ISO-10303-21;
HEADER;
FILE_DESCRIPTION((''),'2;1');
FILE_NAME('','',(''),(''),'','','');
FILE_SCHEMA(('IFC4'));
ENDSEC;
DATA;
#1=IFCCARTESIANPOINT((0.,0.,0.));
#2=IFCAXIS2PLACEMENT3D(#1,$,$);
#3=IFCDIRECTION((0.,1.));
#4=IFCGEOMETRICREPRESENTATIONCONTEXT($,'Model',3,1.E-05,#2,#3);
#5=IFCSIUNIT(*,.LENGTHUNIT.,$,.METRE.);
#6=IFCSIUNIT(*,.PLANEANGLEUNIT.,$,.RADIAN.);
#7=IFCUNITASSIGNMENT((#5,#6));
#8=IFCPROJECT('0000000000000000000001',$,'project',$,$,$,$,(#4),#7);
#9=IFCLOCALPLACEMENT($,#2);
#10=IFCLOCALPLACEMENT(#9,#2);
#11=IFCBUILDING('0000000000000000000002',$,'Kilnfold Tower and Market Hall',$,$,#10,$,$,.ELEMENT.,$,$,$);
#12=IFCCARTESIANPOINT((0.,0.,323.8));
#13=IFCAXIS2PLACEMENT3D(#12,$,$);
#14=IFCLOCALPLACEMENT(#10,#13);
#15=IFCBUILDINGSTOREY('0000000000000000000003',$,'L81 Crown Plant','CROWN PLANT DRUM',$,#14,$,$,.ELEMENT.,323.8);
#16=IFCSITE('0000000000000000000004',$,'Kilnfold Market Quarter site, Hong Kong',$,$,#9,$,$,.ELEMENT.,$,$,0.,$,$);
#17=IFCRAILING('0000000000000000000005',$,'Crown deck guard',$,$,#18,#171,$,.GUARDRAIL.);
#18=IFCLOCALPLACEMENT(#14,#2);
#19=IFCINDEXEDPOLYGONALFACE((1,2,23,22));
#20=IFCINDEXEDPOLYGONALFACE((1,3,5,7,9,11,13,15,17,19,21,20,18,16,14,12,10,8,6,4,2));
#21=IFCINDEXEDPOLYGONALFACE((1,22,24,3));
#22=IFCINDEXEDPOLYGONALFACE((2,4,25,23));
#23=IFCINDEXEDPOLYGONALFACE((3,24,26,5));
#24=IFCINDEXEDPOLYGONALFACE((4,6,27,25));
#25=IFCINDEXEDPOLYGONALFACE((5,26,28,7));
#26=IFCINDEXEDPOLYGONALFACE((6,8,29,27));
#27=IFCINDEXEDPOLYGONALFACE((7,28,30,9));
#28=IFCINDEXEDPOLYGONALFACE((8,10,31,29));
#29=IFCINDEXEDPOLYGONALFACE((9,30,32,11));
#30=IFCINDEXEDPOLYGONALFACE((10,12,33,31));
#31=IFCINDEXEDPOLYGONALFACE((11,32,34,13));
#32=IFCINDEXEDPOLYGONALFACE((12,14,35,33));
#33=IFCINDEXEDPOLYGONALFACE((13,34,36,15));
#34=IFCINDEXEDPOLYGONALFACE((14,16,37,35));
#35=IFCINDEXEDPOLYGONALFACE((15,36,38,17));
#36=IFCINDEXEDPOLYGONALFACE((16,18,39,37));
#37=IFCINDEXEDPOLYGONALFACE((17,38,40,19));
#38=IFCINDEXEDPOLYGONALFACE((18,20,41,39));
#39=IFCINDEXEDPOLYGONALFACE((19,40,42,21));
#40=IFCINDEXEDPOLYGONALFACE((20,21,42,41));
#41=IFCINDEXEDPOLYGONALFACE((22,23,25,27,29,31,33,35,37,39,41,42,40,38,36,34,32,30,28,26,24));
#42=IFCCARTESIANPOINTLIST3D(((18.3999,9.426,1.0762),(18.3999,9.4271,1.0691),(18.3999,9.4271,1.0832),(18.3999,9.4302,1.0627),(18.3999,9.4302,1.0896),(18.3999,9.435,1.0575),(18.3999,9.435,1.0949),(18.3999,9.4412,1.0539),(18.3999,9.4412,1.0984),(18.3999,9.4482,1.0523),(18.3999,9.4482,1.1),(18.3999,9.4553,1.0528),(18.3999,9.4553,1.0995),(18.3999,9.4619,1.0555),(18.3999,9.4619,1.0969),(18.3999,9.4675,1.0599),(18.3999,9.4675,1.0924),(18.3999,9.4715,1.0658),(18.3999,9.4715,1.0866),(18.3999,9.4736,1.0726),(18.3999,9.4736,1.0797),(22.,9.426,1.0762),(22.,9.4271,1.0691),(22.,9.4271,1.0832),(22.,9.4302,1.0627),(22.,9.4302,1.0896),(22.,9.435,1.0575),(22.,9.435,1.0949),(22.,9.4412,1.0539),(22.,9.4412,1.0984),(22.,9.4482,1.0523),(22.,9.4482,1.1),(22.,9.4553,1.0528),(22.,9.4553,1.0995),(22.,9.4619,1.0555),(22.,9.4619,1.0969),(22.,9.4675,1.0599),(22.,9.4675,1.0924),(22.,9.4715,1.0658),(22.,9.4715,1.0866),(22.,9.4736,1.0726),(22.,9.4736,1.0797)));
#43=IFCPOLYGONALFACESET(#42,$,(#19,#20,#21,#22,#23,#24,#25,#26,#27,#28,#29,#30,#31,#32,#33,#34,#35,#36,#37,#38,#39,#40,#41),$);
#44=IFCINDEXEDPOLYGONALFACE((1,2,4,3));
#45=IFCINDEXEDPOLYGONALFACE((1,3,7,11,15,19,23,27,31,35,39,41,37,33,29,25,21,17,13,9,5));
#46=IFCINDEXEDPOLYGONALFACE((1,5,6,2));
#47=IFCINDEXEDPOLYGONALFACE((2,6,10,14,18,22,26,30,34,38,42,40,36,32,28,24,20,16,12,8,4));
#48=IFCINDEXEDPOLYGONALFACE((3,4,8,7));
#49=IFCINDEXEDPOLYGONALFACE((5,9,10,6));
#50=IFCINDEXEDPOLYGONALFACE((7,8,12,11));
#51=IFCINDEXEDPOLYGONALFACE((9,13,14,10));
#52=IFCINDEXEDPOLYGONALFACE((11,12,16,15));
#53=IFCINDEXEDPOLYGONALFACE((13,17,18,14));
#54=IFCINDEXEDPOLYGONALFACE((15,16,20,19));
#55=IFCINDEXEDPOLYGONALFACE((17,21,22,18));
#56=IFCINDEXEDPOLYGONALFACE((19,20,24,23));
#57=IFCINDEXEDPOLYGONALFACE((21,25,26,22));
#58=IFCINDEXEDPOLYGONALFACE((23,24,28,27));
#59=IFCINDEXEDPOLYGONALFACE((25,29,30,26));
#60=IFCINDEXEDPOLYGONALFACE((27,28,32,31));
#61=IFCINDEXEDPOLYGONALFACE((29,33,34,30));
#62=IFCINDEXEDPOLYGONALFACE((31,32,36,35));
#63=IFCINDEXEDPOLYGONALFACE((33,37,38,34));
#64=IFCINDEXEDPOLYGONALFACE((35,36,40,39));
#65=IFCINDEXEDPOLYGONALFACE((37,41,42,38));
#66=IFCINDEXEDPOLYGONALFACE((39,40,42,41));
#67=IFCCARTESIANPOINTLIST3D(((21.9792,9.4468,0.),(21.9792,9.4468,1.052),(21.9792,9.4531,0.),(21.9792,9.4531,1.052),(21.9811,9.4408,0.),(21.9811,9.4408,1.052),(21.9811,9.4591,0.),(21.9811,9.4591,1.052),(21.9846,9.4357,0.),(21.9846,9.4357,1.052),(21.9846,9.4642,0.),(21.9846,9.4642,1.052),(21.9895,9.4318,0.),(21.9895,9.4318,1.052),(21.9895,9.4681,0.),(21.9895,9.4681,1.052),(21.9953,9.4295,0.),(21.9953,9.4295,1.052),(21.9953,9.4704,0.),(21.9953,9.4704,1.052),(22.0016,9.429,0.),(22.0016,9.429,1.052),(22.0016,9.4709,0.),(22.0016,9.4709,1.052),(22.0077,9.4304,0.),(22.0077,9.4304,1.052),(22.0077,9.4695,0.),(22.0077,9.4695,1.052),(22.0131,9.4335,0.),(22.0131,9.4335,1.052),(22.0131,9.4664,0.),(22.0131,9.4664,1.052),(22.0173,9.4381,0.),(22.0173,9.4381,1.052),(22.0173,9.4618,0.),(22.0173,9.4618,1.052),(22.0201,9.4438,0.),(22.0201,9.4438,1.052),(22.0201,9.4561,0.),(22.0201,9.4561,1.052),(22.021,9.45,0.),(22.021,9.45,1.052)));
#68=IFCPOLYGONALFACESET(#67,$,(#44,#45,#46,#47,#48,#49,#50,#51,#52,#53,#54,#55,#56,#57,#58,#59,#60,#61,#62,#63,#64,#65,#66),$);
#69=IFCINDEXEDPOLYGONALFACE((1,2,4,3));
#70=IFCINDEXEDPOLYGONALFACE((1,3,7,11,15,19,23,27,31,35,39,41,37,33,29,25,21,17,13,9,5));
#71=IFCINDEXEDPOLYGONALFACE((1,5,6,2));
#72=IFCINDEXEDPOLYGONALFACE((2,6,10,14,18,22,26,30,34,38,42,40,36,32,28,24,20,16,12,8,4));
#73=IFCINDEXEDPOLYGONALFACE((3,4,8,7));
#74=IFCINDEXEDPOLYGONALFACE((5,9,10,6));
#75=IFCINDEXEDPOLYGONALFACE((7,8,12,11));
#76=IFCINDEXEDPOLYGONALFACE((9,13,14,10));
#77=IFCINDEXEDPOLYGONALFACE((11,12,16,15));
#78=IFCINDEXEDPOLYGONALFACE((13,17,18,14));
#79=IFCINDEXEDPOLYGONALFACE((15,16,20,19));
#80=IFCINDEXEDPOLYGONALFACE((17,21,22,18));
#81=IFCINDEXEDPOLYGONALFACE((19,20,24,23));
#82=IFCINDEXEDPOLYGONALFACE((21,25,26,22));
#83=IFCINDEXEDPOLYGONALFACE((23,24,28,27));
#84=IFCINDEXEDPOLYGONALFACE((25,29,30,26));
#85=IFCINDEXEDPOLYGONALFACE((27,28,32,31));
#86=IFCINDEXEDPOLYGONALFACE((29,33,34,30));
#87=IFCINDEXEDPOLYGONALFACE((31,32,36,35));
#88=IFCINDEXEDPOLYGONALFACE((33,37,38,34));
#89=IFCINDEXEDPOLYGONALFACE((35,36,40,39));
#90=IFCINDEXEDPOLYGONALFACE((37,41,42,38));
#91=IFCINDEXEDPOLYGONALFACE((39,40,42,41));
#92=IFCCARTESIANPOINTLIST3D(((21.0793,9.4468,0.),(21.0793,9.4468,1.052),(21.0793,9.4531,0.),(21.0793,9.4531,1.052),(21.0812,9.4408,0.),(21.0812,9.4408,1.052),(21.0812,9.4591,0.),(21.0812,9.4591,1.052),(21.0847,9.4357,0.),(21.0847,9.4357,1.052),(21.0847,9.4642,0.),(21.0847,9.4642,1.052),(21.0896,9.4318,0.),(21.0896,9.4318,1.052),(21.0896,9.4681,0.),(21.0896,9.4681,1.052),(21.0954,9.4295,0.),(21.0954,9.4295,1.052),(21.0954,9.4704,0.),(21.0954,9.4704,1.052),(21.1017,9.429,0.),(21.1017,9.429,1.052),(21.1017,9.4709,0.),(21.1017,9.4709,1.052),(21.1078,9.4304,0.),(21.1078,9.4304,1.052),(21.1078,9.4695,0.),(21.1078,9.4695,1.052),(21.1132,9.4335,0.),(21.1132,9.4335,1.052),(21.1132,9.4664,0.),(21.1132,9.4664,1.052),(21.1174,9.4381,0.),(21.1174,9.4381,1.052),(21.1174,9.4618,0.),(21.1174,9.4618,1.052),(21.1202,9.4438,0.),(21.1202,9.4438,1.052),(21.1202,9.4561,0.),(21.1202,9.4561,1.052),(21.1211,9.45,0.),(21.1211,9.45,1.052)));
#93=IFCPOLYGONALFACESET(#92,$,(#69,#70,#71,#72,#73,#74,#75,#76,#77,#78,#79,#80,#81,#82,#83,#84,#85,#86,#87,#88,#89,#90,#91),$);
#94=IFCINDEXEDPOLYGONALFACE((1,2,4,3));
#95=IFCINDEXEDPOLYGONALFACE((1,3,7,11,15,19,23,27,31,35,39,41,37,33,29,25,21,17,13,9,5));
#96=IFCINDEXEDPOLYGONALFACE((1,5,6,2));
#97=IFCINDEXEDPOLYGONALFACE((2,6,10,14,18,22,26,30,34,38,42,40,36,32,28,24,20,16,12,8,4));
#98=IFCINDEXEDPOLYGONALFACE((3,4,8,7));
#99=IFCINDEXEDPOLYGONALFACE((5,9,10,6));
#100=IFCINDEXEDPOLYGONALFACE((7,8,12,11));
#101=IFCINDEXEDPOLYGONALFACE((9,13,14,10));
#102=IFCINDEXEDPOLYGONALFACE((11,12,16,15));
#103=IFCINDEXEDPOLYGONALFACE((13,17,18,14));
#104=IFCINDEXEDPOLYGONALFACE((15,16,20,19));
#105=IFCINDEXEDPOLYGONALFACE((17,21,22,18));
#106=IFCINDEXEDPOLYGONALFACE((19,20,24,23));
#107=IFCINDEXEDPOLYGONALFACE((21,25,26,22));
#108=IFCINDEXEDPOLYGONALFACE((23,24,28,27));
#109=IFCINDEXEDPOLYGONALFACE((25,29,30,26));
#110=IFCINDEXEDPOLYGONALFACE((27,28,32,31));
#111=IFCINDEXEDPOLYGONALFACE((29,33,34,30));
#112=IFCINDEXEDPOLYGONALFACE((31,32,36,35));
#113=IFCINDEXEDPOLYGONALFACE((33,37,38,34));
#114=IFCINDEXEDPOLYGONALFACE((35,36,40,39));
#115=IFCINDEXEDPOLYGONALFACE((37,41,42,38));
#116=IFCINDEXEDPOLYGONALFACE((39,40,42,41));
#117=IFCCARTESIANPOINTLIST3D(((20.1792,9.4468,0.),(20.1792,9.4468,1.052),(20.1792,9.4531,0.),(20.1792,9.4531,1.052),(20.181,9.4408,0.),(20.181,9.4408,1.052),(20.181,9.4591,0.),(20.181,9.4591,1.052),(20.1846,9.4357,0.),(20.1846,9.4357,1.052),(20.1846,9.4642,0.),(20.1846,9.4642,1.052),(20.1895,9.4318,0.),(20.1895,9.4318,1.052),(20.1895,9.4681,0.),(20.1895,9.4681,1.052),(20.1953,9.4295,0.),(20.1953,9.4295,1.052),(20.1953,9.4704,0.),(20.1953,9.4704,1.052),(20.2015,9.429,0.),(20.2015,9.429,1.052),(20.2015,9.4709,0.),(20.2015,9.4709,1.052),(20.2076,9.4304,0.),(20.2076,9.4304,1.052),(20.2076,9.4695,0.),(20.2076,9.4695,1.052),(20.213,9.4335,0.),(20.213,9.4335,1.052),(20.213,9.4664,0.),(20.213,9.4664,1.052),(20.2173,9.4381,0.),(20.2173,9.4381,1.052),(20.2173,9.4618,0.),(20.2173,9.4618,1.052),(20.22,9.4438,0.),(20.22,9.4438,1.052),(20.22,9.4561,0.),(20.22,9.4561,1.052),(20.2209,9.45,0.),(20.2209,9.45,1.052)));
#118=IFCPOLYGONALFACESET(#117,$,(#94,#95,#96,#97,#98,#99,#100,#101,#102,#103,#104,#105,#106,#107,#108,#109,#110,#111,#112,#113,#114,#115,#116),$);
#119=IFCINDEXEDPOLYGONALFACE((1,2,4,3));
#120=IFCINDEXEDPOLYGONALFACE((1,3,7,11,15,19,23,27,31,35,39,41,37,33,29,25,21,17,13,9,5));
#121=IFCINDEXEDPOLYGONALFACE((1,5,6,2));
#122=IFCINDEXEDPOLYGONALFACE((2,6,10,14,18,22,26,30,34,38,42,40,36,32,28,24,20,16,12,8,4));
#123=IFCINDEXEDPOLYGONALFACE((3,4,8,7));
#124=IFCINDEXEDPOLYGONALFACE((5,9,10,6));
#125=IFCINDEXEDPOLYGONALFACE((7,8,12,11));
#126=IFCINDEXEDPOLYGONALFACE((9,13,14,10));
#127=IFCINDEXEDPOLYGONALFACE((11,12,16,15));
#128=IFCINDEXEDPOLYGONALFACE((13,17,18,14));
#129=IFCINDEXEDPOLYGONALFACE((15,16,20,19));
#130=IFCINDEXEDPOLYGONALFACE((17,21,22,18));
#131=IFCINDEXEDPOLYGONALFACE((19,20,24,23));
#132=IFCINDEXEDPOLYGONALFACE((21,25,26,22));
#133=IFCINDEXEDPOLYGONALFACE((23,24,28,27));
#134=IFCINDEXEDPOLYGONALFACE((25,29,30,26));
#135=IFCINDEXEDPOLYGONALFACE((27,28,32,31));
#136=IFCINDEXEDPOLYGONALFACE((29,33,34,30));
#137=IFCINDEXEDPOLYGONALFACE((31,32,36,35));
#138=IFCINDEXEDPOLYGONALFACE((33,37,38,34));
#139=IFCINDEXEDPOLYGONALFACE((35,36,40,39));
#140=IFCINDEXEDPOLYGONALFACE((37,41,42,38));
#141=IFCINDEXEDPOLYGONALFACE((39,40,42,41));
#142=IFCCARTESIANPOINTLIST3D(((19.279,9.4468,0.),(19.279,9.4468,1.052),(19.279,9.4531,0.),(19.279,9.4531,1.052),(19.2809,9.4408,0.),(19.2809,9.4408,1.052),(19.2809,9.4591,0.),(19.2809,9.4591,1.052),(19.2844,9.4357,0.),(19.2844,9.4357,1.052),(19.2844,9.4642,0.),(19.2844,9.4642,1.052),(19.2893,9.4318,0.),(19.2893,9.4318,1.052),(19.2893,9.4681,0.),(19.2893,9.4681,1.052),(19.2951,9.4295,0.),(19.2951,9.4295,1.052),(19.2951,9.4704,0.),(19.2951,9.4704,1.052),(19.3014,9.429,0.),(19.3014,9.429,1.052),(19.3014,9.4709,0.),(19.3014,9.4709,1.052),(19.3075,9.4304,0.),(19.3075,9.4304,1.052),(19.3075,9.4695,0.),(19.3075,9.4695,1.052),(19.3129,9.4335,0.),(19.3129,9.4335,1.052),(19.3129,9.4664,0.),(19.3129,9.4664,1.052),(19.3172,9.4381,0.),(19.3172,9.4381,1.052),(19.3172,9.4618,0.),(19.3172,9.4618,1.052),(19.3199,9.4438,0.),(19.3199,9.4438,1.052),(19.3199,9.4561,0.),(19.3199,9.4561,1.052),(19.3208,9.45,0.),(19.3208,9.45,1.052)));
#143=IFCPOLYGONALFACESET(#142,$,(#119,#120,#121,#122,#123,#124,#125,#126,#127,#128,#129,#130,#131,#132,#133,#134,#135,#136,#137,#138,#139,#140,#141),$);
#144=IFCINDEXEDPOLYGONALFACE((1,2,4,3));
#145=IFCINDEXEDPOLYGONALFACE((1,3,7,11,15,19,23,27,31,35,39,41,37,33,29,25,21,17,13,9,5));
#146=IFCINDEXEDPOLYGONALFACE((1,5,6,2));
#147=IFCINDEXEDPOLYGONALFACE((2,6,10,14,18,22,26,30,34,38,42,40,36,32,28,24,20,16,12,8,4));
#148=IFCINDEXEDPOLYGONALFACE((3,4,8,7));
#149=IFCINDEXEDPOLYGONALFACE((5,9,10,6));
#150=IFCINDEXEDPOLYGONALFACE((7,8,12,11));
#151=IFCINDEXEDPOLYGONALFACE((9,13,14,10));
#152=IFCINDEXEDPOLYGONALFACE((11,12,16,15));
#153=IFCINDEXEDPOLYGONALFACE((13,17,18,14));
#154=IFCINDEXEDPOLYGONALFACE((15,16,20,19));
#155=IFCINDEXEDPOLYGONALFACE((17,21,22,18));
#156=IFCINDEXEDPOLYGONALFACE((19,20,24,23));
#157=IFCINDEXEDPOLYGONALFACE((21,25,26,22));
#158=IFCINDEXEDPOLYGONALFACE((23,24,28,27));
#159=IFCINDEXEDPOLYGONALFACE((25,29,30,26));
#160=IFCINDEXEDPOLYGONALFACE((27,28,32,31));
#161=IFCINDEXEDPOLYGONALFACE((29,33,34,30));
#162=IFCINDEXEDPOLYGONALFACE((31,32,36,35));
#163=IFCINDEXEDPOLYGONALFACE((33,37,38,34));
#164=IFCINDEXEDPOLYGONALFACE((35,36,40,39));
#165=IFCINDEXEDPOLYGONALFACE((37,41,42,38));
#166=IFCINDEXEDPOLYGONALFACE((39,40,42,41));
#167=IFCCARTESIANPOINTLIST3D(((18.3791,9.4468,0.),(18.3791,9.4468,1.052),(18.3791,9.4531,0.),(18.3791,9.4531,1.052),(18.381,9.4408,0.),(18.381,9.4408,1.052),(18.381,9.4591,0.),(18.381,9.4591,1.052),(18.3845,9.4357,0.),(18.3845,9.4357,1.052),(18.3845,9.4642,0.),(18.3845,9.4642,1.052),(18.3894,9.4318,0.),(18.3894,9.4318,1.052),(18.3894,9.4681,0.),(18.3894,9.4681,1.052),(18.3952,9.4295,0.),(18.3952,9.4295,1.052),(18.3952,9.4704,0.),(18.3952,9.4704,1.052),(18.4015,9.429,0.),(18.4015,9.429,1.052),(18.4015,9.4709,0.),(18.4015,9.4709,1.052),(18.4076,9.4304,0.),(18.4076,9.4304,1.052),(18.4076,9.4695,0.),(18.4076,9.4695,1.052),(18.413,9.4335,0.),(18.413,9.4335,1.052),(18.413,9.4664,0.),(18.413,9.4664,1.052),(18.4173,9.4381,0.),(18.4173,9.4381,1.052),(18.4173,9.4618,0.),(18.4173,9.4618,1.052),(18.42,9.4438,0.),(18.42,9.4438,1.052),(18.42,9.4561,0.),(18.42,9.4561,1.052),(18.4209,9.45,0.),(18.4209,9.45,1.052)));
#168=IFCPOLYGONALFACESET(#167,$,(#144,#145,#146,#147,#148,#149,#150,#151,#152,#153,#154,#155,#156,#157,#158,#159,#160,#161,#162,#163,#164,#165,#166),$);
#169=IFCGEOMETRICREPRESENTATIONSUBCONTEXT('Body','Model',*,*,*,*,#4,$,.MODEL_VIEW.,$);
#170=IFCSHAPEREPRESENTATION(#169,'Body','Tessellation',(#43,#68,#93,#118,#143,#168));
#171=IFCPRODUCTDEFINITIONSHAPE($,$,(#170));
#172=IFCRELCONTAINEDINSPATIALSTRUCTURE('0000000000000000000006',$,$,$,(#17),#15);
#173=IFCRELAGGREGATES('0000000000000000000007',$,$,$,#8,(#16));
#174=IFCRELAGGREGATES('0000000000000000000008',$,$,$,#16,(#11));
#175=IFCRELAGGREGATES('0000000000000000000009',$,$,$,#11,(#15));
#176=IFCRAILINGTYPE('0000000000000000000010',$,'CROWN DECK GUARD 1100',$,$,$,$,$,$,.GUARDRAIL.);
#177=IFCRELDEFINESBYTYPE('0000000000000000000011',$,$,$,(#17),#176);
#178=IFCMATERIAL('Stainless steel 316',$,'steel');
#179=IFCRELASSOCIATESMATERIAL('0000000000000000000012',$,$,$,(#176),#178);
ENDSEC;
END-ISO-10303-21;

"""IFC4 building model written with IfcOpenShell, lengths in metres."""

from ifc_helpers import new_model, si_unit, direction, frame, origin, origin_2d, place, context, subcontext, project, spatial, circle, extrude, material, type_object, element, save


model = new_model("IFC4")

# Units and contexts
model_context = context("Model", 3, precision=1e-05, world=origin(), true_north=direction((0.0, 1.0)))
body_context = subcontext(model_context, "Body", "Model", "MODEL_VIEW")
ifc_project = project(units=[si_unit("LENGTHUNIT", "METRE"), si_unit("PLANEANGLEUNIT", "RADIAN")], contexts=[model_context])

# Site, building, storey
site_placement = place(None, origin())
site = spatial("IfcSite", under=ifc_project, at=site_placement, Name="Kilnfold Market Quarter site, Hong Kong", CompositionType="ELEMENT", RefElevation=0.0)
building_placement = place(site_placement, origin())
building = spatial("IfcBuilding", under=site, at=building_placement, Name="Kilnfold Tower and Market Hall", CompositionType="ELEMENT")
storey_placement = place(building_placement, frame((0.0, 0.0, 323.8)))
storey = spatial("IfcBuildingStorey", under=building, at=storey_placement, Name="L81 Crown Plant", Description="CROWN PLANT DRUM", CompositionType="ELEMENT", Elevation=323.8)

# Railing
ifc_material_1 = material(Name="Stainless steel 316", Category="steel")
railing_type_1 = type_object("IfcRailingType", Name="CROWN DECK GUARD 1100", PredefinedType="GUARDRAIL", material=ifc_material_1)
railing_1_placement = place(storey_placement, frame((22.0, 9.45, 0.0)))
element("IfcRailing", 1, at=railing_1_placement, inside=storey, type_object=railing_type_1, Name="Crown deck guard", PredefinedType="GUARDRAIL", context=body_context, shape_type="SweptSolid", body=[
    extrude(circle(Radius=0.0239, at=origin_2d()), frame((0.0, 0.0, 1.0762), z_axis=(-1.0, 0.0, 0.0), x_axis=(0.0, -1.0, 0.0)), (0.0, 0.0, 1.0), 3.6001),
    extrude(circle(Radius=0.021, at=origin_2d()), origin(), (0.0, 0.0, 1.0), 1.052),
    extrude(circle(Radius=0.021, at=origin_2d()), frame((-0.8999, 0.0, 0.0)), (0.0, 0.0, 1.0), 1.052),
    extrude(circle(Radius=0.021, at=origin_2d()), frame((-1.8, 0.0, 0.0)), (0.0, 0.0, 1.0), 1.052),
    extrude(circle(Radius=0.021, at=origin_2d()), frame((-2.7002, 0.0, 0.0)), (0.0, 0.0, 1.0), 1.052),
    extrude(circle(Radius=0.021, at=origin_2d()), frame((-3.6001, 0.0, 0.0)), (0.0, 0.0, 1.0), 1.052),
])

save(model, "model.ifc")
